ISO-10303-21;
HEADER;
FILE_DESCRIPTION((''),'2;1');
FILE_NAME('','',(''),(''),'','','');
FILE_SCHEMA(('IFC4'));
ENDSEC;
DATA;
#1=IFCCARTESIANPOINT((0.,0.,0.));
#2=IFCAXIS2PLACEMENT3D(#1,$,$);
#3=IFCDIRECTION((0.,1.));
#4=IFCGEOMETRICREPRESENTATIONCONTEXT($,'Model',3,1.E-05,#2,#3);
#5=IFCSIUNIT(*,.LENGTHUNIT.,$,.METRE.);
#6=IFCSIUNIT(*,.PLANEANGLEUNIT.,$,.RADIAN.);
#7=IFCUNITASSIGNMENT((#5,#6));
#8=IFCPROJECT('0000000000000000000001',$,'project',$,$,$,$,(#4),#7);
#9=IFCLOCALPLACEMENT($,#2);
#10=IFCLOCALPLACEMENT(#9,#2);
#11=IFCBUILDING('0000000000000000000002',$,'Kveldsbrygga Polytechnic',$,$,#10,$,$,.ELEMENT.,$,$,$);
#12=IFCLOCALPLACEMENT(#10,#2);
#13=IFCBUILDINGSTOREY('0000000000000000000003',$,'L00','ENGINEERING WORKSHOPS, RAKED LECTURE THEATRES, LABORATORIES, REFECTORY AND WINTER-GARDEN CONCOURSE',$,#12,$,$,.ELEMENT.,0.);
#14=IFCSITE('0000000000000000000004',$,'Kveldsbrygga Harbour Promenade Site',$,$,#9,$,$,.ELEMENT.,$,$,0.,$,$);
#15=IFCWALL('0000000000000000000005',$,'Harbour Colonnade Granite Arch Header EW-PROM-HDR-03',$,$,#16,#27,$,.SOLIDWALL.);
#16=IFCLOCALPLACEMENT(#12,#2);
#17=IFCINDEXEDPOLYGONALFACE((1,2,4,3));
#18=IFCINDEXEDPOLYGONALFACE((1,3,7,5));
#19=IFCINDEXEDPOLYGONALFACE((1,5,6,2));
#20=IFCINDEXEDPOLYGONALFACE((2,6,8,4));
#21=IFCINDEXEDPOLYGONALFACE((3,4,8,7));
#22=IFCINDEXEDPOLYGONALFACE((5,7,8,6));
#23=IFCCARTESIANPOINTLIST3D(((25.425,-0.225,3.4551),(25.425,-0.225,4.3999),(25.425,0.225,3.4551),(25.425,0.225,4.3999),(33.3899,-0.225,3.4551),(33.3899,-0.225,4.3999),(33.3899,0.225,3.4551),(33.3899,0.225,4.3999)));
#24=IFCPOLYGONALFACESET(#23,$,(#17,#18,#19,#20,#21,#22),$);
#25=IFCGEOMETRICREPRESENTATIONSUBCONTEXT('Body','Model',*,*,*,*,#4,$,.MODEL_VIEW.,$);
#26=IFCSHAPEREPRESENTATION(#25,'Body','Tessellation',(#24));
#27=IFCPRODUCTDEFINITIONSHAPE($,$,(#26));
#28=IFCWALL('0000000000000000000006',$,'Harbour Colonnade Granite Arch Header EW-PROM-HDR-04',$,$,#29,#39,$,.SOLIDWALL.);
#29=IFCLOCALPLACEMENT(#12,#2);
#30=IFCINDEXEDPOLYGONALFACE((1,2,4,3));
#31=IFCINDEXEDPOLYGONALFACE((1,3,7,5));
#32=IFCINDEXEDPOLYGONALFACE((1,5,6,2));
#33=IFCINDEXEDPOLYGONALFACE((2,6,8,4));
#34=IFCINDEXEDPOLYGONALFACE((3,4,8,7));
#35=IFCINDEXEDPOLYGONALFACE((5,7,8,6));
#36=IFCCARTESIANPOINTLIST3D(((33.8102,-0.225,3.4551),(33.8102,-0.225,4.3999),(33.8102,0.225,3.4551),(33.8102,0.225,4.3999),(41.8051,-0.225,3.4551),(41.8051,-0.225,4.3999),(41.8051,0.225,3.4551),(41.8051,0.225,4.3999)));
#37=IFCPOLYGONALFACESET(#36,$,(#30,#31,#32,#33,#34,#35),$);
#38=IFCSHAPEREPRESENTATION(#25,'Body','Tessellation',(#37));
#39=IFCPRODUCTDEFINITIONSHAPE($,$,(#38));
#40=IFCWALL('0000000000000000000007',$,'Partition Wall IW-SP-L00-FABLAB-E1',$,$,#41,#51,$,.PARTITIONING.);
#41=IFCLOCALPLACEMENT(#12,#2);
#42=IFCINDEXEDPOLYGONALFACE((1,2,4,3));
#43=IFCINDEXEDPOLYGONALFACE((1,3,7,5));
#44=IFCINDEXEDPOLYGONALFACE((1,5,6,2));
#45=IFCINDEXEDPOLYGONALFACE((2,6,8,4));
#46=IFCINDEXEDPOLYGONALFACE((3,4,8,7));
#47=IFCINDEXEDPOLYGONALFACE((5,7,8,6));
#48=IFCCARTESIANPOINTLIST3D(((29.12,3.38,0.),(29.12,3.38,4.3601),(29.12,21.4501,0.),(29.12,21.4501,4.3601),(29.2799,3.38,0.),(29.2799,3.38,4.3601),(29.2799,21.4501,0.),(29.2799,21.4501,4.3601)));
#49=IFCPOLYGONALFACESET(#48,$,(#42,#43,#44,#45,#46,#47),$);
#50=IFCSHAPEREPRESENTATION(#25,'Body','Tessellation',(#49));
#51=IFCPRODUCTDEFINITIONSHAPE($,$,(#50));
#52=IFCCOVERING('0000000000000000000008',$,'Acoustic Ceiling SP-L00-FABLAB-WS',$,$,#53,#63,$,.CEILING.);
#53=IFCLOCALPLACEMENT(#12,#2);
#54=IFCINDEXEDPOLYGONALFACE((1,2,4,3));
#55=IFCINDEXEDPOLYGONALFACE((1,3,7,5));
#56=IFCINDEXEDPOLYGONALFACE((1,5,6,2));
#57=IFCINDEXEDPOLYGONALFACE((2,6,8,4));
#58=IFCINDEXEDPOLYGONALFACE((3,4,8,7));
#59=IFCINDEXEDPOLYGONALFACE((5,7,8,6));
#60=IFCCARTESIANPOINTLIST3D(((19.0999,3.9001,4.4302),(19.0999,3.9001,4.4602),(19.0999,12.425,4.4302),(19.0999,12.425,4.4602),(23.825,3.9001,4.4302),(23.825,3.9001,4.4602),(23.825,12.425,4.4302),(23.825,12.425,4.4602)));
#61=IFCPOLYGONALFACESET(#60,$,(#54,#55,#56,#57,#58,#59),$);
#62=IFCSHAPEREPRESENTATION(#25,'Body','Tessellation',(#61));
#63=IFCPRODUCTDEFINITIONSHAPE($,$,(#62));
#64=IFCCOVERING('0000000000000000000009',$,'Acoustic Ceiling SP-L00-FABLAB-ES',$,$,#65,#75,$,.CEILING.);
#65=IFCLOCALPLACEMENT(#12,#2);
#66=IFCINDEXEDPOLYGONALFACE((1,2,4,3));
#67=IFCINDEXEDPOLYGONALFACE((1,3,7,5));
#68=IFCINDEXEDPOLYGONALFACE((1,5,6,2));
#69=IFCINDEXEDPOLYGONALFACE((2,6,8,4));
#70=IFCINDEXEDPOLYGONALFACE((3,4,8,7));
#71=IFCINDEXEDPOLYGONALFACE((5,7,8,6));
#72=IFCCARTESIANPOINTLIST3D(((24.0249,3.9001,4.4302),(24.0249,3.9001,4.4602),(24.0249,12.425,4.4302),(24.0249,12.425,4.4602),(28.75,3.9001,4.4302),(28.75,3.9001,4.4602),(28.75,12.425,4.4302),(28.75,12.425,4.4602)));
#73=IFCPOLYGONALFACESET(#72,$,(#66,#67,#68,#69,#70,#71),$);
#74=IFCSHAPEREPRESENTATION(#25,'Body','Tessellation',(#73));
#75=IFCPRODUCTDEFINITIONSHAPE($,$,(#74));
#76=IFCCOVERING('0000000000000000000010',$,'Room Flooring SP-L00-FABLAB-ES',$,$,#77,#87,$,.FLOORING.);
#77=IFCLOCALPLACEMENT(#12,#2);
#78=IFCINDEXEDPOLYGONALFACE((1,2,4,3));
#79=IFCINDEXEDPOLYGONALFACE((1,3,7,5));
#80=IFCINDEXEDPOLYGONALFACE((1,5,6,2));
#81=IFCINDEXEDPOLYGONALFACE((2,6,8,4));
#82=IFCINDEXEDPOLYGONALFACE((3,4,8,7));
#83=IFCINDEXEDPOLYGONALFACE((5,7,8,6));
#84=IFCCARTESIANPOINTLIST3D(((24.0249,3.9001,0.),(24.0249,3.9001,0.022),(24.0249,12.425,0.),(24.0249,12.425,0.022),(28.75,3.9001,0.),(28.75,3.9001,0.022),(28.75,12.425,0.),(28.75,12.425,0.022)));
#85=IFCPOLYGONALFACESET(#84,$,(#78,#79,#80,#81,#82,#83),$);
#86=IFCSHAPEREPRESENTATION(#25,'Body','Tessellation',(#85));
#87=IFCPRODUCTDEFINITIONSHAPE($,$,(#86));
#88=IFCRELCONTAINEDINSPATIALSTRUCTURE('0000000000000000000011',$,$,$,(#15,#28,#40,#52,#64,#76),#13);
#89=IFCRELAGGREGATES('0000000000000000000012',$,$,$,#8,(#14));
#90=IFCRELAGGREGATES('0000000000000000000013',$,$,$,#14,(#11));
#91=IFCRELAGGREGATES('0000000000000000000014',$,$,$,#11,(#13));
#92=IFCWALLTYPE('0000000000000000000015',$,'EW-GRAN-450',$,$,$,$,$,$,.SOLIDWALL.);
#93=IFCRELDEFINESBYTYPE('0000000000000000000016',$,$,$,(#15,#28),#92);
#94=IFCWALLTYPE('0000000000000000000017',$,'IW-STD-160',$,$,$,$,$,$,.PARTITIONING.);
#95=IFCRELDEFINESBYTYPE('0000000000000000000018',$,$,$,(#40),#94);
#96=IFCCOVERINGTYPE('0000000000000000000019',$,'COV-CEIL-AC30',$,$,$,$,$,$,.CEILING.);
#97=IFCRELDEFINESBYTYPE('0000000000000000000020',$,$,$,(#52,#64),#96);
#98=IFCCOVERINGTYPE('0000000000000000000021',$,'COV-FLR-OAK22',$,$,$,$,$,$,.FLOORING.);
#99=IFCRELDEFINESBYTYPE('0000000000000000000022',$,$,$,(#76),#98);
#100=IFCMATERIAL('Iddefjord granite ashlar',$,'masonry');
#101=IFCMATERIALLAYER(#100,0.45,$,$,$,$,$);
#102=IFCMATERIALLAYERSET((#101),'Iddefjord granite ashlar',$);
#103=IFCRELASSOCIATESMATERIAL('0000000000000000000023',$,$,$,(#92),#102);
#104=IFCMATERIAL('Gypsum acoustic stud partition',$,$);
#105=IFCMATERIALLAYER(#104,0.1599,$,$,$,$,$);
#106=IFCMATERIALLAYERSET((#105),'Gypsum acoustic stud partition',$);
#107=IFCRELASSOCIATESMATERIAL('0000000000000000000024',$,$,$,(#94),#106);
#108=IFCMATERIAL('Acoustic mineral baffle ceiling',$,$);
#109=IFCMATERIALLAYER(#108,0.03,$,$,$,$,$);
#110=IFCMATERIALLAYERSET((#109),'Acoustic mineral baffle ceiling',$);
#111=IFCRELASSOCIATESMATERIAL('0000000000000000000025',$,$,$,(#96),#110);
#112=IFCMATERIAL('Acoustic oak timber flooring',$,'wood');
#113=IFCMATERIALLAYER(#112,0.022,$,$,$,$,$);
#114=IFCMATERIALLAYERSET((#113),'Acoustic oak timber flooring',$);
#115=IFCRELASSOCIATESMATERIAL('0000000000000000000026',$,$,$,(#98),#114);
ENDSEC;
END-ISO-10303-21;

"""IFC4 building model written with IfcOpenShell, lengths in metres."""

from ifc_helpers import new_model, si_unit, direction, frame, frame_2d, origin, origin_2d, place, context, subcontext, project, spatial, rectangle, extrude, material, layer, layer_set, type_object, element, save


model = new_model("IFC4")

# Units and contexts
model_context = context("Model", 3, precision=1e-05, world=origin(), true_north=direction((0.0, 1.0)))
body_context = subcontext(model_context, "Body", "Model", "MODEL_VIEW")
ifc_project = project(units=[si_unit("LENGTHUNIT", "METRE"), si_unit("PLANEANGLEUNIT", "RADIAN")], contexts=[model_context])

# Site, building, storey
site_placement = place(None, origin())
site = spatial("IfcSite", under=ifc_project, at=site_placement, Name="Kveldsbrygga Harbour Promenade Site", CompositionType="ELEMENT", RefElevation=0.0)
building_placement = place(site_placement, origin())
building = spatial("IfcBuilding", under=site, at=building_placement, Name="Kveldsbrygga Polytechnic", CompositionType="ELEMENT")
storey_placement = place(building_placement, origin())
storey = spatial("IfcBuildingStorey", under=building, at=storey_placement, Name="L00", Description="ENGINEERING WORKSHOPS, RAKED LECTURE THEATRES, LABORATORIES, REFECTORY AND WINTER-GARDEN CONCOURSE", CompositionType="ELEMENT", Elevation=0.0)

# Walls
ifc_material_1 = material(Name="Iddefjord granite ashlar", Category="masonry")
ifc_layer_1 = layer(ifc_material_1, 0.45)
ifc_layer_set_1 = layer_set([ifc_layer_1], Name="Iddefjord granite ashlar")
wall_type_1 = type_object("IfcWallType", Name="EW-GRAN-450", PredefinedType="SOLIDWALL", material=ifc_layer_set_1)
wall_1_placement = place(storey_placement, frame((25.425, 0.0, 3.4551), z_axis=(0.0, 0.0, 1.0), x_axis=(1.0, 0.0, 0.0)))
element("IfcWall", 1, at=wall_1_placement, inside=storey, type_object=wall_type_1, Name="Harbour Colonnade Granite Arch Header EW-PROM-HDR-03", PredefinedType="SOLIDWALL", context=body_context, shape_type="SweptSolid", body=[
    extrude(rectangle(XDim=7.9648, YDim=0.45, at=frame_2d((3.9824, 0.0))), origin(), (0.0, 0.0, 1.0), 0.9448),
])
wall_2_placement = place(storey_placement, frame((33.8101, 0.0, 3.4551), z_axis=(0.0, 0.0, 1.0), x_axis=(1.0, 0.0, 0.0)))
element("IfcWall", 2, at=wall_2_placement, inside=storey, type_object=wall_type_1, Name="Harbour Colonnade Granite Arch Header EW-PROM-HDR-04", PredefinedType="SOLIDWALL", context=body_context, shape_type="SweptSolid", body=[
    extrude(rectangle(XDim=7.9949, YDim=0.45, at=frame_2d((3.9976, 0.0))), origin(), (0.0, 0.0, 1.0), 0.9448),
])
ifc_material_2 = material(Name="Gypsum acoustic stud partition")
ifc_layer_2 = layer(ifc_material_2, 0.1599)
ifc_layer_set_2 = layer_set([ifc_layer_2], Name="Gypsum acoustic stud partition")
wall_type_2 = type_object("IfcWallType", Name="IW-STD-160", PredefinedType="PARTITIONING", material=ifc_layer_set_2)
wall_3_placement = place(storey_placement, frame((29.2, 3.3799, 0.0), z_axis=(0.0, 0.0, 1.0), x_axis=(0.0, 1.0, 0.0)))
element("IfcWall", 3, at=wall_3_placement, inside=storey, type_object=wall_type_2, Name="Partition Wall IW-SP-L00-FABLAB-E1", PredefinedType="PARTITIONING", context=body_context, shape_type="SweptSolid", body=[
    extrude(rectangle(XDim=18.0701, YDim=0.1599, at=frame_2d((9.0352, 0.0))), origin(), (0.0, 0.0, 1.0), 4.3601),
])

# Coverings
ifc_material_3 = material(Name="Acoustic mineral baffle ceiling")
ifc_layer_3 = layer(ifc_material_3, 0.03)
ifc_layer_set_3 = layer_set([ifc_layer_3], Name="Acoustic mineral baffle ceiling")
covering_type_1 = type_object("IfcCoveringType", Name="COV-CEIL-AC30", PredefinedType="CEILING", material=ifc_layer_set_3)
for number, where, z_axis, x_axis, name in (
    (4, (21.4624, 8.1626, 4.4302), (0.0, 0.0, 1.0), (1.0, 0.0, 0.0), "Acoustic Ceiling SP-L00-FABLAB-WS"),
    (5, (26.3875, 8.1626, 4.4302), (0.0, 0.0, 1.0), (1.0, 0.0, 0.0), "Acoustic Ceiling SP-L00-FABLAB-ES"),
):
    element("IfcCovering", number, at=place(storey_placement, frame(where, z_axis=z_axis, x_axis=x_axis)), inside=storey, type_object=covering_type_1, Name=name, PredefinedType="CEILING", context=body_context, shape_type="SweptSolid", body=[
        extrude(rectangle(XDim=4.7251, YDim=8.5249, at=origin_2d()), origin(), (0.0, 0.0, 1.0), 0.03),
    ])
ifc_material_4 = material(Name="Acoustic oak timber flooring", Category="wood")
ifc_layer_4 = layer(ifc_material_4, 0.022)
ifc_layer_set_4 = layer_set([ifc_layer_4], Name="Acoustic oak timber flooring")
covering_type_2 = type_object("IfcCoveringType", Name="COV-FLR-OAK22", PredefinedType="FLOORING", material=ifc_layer_set_4)
covering_placement = place(storey_placement, frame((26.3875, 8.1626, 0.0), z_axis=(0.0, 0.0, 1.0), x_axis=(1.0, 0.0, 0.0)))
element("IfcCovering", 6, at=covering_placement, inside=storey, type_object=covering_type_2, Name="Room Flooring SP-L00-FABLAB-ES", PredefinedType="FLOORING", context=body_context, shape_type="SweptSolid", body=[
    extrude(rectangle(XDim=4.7251, YDim=8.5249, at=origin_2d()), origin(), (0.0, 0.0, 1.0), 0.022),
])

save(model, "model.ifc")
